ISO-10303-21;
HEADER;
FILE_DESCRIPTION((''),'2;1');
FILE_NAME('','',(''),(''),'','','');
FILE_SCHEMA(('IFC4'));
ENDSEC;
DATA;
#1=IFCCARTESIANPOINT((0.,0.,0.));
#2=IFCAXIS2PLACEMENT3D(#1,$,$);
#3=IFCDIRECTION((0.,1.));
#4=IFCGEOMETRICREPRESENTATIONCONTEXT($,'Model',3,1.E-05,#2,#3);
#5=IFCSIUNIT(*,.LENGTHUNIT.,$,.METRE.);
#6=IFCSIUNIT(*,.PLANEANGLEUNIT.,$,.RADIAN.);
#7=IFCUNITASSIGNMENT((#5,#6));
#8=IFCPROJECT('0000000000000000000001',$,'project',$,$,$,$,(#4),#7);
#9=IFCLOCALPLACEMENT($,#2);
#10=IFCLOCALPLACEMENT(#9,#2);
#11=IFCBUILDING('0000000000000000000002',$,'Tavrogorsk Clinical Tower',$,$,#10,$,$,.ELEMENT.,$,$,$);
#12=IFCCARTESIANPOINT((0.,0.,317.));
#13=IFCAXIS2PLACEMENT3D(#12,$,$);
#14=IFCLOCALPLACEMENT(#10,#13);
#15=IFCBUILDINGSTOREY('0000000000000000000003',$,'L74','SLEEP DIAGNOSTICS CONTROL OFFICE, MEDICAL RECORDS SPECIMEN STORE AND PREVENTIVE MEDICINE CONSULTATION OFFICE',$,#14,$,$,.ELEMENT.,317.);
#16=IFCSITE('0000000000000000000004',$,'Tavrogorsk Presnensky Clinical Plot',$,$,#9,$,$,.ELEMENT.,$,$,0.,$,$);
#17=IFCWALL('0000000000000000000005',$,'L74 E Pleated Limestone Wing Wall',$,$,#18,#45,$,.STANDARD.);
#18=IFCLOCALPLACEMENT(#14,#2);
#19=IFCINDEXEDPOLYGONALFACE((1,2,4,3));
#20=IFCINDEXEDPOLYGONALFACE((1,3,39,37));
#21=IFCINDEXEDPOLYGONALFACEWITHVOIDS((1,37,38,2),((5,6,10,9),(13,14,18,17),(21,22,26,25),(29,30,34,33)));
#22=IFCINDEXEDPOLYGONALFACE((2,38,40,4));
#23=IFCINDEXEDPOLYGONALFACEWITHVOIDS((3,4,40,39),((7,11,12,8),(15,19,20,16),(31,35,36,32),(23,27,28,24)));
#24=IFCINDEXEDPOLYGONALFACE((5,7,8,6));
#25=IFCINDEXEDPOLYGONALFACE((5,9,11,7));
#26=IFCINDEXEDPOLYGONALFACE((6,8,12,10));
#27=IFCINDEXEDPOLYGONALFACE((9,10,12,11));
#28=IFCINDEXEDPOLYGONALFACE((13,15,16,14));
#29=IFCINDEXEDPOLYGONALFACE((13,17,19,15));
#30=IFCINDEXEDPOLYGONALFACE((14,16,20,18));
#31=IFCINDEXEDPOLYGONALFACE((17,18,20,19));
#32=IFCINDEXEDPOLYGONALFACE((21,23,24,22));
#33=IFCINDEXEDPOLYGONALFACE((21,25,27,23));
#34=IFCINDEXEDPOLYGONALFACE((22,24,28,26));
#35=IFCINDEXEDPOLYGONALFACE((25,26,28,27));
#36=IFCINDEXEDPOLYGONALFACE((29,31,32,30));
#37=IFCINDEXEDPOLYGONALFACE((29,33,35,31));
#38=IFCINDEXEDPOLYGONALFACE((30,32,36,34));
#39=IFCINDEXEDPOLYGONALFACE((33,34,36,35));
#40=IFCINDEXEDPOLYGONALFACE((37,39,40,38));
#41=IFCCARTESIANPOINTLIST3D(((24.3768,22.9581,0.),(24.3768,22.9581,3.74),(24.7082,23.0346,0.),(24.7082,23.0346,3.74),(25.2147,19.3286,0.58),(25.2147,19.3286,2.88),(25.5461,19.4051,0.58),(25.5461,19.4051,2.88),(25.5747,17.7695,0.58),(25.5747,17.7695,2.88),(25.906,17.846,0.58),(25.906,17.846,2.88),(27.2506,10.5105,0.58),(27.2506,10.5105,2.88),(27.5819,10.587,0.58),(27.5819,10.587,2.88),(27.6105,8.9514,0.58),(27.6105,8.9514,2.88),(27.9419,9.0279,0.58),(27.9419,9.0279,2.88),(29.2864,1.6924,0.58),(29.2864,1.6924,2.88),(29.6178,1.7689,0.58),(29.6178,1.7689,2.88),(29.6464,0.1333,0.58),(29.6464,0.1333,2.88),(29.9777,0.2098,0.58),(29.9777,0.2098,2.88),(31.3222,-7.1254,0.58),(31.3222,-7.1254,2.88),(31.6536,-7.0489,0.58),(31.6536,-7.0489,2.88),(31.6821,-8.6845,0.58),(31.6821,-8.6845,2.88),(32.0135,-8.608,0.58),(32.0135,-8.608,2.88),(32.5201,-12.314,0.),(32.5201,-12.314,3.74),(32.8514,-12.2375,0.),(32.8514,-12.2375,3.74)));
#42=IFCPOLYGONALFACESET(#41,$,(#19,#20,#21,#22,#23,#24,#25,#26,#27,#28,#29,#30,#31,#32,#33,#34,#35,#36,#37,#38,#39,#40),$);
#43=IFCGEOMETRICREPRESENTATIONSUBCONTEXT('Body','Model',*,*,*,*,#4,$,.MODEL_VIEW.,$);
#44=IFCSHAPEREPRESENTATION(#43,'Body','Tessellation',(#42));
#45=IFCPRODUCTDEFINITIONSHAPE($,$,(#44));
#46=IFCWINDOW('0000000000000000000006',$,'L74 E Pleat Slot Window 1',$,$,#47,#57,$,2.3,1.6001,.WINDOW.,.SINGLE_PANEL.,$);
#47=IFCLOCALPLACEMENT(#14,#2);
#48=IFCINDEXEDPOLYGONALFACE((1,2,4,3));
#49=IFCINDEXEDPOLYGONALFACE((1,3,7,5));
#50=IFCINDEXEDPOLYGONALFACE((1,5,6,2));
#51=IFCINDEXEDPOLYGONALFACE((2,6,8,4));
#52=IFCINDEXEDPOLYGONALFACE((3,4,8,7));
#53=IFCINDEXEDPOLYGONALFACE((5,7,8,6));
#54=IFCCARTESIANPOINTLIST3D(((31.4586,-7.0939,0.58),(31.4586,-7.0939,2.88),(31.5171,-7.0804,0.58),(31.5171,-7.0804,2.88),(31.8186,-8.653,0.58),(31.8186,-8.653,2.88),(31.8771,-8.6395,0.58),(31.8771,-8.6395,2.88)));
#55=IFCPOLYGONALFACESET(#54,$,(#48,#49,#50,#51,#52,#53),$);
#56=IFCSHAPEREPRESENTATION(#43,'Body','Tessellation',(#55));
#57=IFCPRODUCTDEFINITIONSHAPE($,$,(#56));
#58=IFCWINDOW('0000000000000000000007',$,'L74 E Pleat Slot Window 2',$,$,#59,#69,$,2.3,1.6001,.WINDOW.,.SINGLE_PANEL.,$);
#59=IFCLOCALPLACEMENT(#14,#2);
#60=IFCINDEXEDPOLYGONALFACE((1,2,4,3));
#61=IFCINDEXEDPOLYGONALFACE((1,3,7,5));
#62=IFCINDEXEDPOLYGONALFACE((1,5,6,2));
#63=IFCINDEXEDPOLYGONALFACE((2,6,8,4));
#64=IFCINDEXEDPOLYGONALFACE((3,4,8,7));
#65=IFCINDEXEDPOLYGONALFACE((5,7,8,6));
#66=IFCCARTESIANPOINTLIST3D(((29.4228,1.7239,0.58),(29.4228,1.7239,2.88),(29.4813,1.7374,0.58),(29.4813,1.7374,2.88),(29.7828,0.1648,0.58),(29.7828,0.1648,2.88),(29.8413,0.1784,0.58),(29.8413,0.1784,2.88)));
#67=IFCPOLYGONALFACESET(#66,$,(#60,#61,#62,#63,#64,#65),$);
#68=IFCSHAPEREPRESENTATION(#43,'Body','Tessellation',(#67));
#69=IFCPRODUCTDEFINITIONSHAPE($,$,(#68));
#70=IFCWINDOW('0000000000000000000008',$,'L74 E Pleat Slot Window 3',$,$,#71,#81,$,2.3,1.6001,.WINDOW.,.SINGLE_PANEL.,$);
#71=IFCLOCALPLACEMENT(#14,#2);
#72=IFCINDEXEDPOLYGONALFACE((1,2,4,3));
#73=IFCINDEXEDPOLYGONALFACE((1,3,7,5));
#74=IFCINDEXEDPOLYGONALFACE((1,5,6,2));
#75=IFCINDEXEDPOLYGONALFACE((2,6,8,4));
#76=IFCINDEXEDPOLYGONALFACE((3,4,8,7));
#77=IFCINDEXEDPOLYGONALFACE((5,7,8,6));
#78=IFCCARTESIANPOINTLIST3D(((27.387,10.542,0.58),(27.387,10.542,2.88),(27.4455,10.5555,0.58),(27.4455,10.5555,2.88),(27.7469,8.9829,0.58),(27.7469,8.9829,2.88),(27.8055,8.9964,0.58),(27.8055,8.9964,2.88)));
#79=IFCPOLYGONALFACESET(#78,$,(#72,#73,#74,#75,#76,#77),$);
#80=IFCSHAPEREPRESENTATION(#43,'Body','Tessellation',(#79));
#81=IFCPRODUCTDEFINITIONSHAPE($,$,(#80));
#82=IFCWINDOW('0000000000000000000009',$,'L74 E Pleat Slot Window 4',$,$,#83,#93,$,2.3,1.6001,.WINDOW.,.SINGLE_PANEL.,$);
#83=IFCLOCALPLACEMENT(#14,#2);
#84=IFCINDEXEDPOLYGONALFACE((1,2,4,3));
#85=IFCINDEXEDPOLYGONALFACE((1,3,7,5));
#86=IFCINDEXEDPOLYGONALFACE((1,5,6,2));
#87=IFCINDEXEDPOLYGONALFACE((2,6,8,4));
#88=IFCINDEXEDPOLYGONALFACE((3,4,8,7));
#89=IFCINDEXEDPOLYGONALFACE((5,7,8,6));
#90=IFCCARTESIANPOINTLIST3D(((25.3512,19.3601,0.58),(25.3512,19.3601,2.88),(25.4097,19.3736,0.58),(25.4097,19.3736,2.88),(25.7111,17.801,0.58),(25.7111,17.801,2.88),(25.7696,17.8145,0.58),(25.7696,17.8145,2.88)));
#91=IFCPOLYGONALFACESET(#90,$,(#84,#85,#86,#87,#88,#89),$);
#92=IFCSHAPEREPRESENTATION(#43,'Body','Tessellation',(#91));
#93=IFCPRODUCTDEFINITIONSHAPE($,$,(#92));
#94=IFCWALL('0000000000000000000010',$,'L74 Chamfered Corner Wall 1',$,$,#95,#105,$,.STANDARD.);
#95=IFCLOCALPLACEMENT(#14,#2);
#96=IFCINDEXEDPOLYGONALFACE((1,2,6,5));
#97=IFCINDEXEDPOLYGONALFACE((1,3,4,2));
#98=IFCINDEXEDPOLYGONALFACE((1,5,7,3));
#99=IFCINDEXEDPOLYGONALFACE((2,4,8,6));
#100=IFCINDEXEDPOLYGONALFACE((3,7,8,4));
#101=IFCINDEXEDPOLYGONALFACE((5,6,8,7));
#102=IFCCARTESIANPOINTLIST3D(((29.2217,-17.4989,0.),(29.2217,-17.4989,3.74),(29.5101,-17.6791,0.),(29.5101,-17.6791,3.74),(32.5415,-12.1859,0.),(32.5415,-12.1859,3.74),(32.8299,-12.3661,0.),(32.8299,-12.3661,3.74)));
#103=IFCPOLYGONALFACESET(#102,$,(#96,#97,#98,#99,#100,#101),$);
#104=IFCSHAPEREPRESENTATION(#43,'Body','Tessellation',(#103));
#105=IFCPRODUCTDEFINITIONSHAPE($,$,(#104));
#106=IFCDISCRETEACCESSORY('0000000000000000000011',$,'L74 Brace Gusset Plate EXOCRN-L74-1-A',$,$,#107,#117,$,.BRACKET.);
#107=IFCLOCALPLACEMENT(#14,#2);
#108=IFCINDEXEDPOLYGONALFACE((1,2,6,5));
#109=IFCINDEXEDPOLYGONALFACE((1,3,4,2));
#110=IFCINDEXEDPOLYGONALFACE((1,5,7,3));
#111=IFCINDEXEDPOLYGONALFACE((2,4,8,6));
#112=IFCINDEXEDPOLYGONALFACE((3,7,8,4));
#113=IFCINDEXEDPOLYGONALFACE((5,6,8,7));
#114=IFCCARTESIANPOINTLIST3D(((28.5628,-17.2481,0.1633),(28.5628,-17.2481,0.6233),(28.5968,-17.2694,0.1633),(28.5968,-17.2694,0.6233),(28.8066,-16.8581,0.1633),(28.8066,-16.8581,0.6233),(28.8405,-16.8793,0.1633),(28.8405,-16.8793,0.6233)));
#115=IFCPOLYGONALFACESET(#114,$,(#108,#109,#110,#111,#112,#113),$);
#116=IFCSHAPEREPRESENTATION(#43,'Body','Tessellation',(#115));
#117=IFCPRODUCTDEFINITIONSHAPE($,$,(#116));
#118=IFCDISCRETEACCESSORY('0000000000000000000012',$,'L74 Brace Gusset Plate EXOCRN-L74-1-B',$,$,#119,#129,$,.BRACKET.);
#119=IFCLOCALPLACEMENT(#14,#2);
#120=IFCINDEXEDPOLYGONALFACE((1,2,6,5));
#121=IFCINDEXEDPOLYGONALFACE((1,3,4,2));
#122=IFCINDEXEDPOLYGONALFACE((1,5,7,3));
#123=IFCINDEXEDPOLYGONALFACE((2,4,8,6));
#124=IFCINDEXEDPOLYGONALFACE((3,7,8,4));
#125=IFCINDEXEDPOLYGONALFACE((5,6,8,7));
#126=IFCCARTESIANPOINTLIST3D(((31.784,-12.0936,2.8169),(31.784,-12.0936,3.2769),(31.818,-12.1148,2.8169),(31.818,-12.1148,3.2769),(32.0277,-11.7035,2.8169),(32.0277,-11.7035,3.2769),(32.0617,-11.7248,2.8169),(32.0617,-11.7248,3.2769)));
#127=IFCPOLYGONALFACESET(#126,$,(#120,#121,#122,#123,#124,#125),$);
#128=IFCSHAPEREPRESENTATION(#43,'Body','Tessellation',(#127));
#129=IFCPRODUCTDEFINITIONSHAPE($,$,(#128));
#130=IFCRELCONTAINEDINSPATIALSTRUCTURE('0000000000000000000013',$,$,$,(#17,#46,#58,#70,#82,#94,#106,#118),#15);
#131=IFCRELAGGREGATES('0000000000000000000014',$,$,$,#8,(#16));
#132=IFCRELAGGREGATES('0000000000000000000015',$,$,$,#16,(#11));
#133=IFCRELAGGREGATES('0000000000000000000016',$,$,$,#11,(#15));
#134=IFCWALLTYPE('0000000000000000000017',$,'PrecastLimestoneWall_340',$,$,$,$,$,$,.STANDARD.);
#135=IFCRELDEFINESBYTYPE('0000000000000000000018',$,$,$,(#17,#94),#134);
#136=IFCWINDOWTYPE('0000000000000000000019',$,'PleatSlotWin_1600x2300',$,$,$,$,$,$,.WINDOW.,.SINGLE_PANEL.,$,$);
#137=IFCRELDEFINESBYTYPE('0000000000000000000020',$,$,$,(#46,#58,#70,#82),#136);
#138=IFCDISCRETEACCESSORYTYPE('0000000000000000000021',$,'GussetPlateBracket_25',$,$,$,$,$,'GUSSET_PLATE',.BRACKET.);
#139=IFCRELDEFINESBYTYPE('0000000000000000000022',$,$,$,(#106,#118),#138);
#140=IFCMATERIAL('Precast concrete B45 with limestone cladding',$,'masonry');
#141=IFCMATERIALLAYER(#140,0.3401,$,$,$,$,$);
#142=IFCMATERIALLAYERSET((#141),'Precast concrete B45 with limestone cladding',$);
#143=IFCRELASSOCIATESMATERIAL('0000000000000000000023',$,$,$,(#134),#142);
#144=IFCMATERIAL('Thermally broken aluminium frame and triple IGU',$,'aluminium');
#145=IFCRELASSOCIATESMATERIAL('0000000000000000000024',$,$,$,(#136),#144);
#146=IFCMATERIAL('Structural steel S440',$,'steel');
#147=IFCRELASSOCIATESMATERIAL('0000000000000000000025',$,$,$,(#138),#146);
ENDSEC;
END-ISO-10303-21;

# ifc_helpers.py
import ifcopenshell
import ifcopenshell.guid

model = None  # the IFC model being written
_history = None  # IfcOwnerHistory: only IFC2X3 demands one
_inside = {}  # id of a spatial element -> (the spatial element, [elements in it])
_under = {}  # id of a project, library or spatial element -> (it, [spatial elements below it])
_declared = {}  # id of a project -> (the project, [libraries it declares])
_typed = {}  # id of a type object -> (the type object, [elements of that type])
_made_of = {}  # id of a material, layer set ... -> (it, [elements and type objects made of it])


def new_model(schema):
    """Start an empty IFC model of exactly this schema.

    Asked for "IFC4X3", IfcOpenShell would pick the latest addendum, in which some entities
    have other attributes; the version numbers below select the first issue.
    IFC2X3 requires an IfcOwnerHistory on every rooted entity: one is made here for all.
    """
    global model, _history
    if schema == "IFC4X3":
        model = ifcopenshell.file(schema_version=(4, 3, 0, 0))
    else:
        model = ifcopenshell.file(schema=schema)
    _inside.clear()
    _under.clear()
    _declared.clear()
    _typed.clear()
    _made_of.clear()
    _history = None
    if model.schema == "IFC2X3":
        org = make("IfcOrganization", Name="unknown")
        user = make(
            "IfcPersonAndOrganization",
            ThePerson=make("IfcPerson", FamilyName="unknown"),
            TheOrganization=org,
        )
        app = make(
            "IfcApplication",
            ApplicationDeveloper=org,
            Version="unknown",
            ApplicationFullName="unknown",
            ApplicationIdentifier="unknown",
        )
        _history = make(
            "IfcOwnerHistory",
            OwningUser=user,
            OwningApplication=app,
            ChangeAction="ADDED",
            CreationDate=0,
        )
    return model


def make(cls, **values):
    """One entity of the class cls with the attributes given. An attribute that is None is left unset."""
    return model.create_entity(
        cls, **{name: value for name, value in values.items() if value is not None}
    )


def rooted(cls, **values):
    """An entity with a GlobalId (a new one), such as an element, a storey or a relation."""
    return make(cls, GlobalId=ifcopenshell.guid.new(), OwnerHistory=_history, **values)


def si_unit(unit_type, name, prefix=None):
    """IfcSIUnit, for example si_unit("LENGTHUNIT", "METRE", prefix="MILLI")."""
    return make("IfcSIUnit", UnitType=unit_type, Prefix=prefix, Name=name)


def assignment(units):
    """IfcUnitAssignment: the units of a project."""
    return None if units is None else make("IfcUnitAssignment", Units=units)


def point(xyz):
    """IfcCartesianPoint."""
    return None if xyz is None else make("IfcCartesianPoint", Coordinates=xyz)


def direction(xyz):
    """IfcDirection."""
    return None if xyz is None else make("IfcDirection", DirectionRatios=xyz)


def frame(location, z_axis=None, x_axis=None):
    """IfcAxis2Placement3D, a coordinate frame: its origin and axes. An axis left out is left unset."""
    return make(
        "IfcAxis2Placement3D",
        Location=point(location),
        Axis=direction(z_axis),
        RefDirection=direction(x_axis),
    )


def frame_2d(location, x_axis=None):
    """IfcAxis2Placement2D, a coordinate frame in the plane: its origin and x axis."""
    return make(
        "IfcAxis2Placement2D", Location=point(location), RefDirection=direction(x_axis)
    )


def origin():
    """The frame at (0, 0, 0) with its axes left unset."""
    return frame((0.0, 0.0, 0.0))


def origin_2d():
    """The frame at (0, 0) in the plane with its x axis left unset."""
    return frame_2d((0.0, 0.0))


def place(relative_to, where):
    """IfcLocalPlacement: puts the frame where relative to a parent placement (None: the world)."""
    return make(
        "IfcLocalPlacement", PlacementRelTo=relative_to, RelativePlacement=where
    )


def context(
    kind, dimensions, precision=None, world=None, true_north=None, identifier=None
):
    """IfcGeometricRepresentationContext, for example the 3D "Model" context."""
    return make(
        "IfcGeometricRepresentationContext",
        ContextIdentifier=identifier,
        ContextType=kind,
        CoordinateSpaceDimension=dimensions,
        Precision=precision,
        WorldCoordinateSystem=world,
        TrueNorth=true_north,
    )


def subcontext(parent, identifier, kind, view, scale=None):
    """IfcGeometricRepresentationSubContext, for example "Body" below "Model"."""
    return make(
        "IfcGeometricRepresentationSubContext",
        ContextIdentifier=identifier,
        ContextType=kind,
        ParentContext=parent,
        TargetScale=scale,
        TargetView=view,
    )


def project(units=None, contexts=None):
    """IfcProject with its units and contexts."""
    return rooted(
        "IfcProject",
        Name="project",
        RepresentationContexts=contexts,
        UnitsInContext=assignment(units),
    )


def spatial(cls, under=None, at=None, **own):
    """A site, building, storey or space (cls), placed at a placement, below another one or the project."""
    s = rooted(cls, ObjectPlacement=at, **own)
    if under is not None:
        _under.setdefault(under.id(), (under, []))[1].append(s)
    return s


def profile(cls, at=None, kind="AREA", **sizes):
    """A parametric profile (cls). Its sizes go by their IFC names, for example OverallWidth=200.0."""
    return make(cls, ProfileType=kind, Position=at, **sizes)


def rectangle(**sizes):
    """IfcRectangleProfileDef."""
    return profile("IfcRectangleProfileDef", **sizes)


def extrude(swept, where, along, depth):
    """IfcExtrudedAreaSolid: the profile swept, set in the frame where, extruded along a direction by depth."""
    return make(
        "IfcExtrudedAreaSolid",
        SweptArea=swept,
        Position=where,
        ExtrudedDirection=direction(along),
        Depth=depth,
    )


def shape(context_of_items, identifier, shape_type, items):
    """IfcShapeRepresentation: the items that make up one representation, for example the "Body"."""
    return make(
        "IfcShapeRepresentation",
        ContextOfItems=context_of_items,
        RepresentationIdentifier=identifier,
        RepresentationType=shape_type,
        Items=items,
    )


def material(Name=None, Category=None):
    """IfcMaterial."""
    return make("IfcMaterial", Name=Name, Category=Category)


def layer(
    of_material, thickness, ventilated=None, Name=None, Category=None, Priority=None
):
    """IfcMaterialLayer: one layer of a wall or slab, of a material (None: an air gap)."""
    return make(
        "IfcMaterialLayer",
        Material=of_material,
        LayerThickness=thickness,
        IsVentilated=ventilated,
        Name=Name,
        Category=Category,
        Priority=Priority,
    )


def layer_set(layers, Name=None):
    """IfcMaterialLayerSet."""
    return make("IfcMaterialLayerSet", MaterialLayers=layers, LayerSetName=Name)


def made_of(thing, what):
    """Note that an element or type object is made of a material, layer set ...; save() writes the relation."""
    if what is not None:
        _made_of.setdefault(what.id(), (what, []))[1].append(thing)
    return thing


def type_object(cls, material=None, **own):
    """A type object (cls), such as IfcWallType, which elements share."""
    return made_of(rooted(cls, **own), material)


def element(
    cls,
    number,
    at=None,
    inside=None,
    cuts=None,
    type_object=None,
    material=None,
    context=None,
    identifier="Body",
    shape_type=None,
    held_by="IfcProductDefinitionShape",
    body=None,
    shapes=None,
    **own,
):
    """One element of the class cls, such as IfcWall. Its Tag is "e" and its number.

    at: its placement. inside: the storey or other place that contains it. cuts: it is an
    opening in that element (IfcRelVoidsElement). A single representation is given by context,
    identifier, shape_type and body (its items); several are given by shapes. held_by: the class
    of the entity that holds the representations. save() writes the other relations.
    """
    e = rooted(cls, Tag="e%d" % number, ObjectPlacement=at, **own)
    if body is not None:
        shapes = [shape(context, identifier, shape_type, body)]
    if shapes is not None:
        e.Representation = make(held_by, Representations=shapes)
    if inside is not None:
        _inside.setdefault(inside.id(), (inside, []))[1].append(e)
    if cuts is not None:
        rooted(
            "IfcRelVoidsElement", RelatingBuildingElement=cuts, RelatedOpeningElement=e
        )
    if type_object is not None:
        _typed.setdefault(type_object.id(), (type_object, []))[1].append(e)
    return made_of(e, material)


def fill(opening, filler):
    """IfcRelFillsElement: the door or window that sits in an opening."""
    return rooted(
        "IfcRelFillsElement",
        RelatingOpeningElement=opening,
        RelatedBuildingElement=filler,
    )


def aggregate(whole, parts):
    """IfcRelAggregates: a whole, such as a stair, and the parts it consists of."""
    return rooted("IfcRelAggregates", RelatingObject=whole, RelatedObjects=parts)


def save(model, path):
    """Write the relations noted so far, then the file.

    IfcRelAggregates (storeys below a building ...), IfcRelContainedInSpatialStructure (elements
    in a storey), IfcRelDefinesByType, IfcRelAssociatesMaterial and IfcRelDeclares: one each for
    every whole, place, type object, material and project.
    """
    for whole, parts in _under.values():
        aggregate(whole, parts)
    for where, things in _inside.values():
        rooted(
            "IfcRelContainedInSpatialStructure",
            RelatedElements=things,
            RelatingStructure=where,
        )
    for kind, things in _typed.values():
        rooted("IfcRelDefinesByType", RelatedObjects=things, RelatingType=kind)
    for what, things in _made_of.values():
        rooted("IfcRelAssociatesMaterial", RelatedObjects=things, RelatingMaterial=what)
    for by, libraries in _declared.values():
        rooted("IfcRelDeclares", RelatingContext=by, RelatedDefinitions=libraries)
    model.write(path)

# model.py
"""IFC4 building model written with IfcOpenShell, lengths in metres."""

from ifc_helpers import new_model, si_unit, direction, frame, frame_2d, origin, origin_2d, place, context, subcontext, project, spatial, rectangle, extrude, material, layer, layer_set, type_object, element, fill, save


model = new_model("IFC4")

# Units and contexts
model_context = context("Model", 3, precision=1e-05, world=origin(), true_north=direction((0.0, 1.0)))
body_context = subcontext(model_context, "Body", "Model", "MODEL_VIEW")
ifc_project = project(units=[si_unit("LENGTHUNIT", "METRE"), si_unit("PLANEANGLEUNIT", "RADIAN")], contexts=[model_context])

# Site, building, storey
site_placement = place(None, origin())
site = spatial("IfcSite", under=ifc_project, at=site_placement, Name="Tavrogorsk Presnensky Clinical Plot", CompositionType="ELEMENT", RefElevation=0.0)
building_placement = place(site_placement, origin())
building = spatial("IfcBuilding", under=site, at=building_placement, Name="Tavrogorsk Clinical Tower", CompositionType="ELEMENT")
storey_placement = place(building_placement, frame((0.0, 0.0, 317.0)))
storey = spatial("IfcBuildingStorey", under=building, at=storey_placement, Name="L74", Description="SLEEP DIAGNOSTICS CONTROL OFFICE, MEDICAL RECORDS SPECIMEN STORE AND PREVENTIVE MEDICINE CONSULTATION OFFICE", CompositionType="ELEMENT", Elevation=317.0)

# Wall, openings, windows
ifc_material_1 = material(Name="Precast concrete B45 with limestone cladding", Category="masonry")
ifc_layer_1 = layer(ifc_material_1, 0.3401)
ifc_layer_set_1 = layer_set([ifc_layer_1], Name="Precast concrete B45 with limestone cladding")
wall_type_1 = type_object("IfcWallType", Name="PrecastLimestoneWall_340", PredefinedType="STANDARD", material=ifc_layer_set_1)
wall_1_placement = place(storey_placement, frame((32.6858, -12.2759, 0.0), z_axis=(0.0, 0.0, 1.0), x_axis=(-0.224953, 0.97437, 0.0)))
wall_1 = element("IfcWall", 1, at=wall_1_placement, inside=storey, type_object=wall_type_1, Name="L74 E Pleated Limestone Wing Wall", PredefinedType="STANDARD", context=body_context, shape_type="SweptSolid", body=[
    extrude(rectangle(XDim=36.2, YDim=0.3401, at=frame_2d((18.1001, 0.0))), origin(), (0.0, 0.0, 1.0), 3.74),
])
opening_1_placement = place(wall_1_placement, frame((3.7251, 0.0, 0.5801)))
opening_1 = element("IfcOpeningElement", 2, at=opening_1_placement, cuts=wall_1, PredefinedType="OPENING", context=body_context, shape_type="SweptSolid", body=[
    extrude(rectangle(XDim=1.6001, YDim=2.3, at=frame_2d((0.8, 1.1499))), frame((0.0, 0.1799, 0.0), z_axis=(0.0, -1.0, 0.0), x_axis=(1.0, 0.0, 0.0)), (0.0, 0.0, 1.0), 0.3601),
])
opening_2_placement = place(wall_1_placement, frame((12.7749, 0.0, 0.5801)))
opening_2 = element("IfcOpeningElement", 3, at=opening_2_placement, cuts=wall_1, PredefinedType="OPENING", context=body_context, shape_type="SweptSolid", body=[
    extrude(rectangle(XDim=1.6001, YDim=2.3, at=frame_2d((0.8, 1.1499))), frame((0.0, 0.1799, 0.0), z_axis=(0.0, -1.0, 0.0), x_axis=(1.0, 0.0, 0.0)), (0.0, 0.0, 1.0), 0.3601),
])
opening_3_placement = place(wall_1_placement, frame((21.825, 0.0, 0.5801)))
opening_3 = element("IfcOpeningElement", 4, at=opening_3_placement, cuts=wall_1, PredefinedType="OPENING", context=body_context, shape_type="SweptSolid", body=[
    extrude(rectangle(XDim=1.6001, YDim=2.3, at=frame_2d((0.8, 1.1499))), frame((0.0, 0.1799, 0.0), z_axis=(0.0, -1.0, 0.0), x_axis=(1.0, 0.0, 0.0)), (0.0, 0.0, 1.0), 0.3601),
])
opening_4_placement = place(wall_1_placement, frame((30.875, 0.0, 0.5801)))
opening_4 = element("IfcOpeningElement", 5, at=opening_4_placement, cuts=wall_1, PredefinedType="OPENING", context=body_context, shape_type="SweptSolid", body=[
    extrude(rectangle(XDim=1.6001, YDim=2.3, at=frame_2d((0.8, 1.1499))), frame((0.0, 0.1799, 0.0), z_axis=(0.0, -1.0, 0.0), x_axis=(1.0, 0.0, 0.0)), (0.0, 0.0, 1.0), 0.3601),
])
ifc_material_2 = material(Name="Thermally broken aluminium frame and triple IGU", Category="aluminium")
window_type = type_object("IfcWindowType", Name="PleatSlotWin_1600x2300", PartitioningType="SINGLE_PANEL", PredefinedType="WINDOW", material=ifc_material_2)
window_1_placement = place(opening_1_placement, origin())
window_1 = element("IfcWindow", 6, at=window_1_placement, inside=storey, type_object=window_type, Name="L74 E Pleat Slot Window 1", OverallHeight=2.3, OverallWidth=1.6001, PartitioningType="SINGLE_PANEL", PredefinedType="WINDOW", context=body_context, shape_type="SweptSolid", body=[
    extrude(rectangle(XDim=1.6001, YDim=2.3, at=frame_2d((0.8, 1.1499))), frame((0.0, 0.03, 0.0), z_axis=(0.0, -1.0, 0.0), x_axis=(1.0, 0.0, 0.0)), (0.0, 0.0, 1.0), 0.0601),
])
fill(opening_1, window_1)
window_2_placement = place(opening_2_placement, origin())
window_2 = element("IfcWindow", 7, at=window_2_placement, inside=storey, type_object=window_type, Name="L74 E Pleat Slot Window 2", OverallHeight=2.3, OverallWidth=1.6001, PartitioningType="SINGLE_PANEL", PredefinedType="WINDOW", context=body_context, shape_type="SweptSolid", body=[
    extrude(rectangle(XDim=1.6001, YDim=2.3, at=frame_2d((0.8, 1.1499))), frame((0.0, 0.03, 0.0), z_axis=(0.0, -1.0, 0.0), x_axis=(1.0, 0.0, 0.0)), (0.0, 0.0, 1.0), 0.0601),
])
fill(opening_2, window_2)
window_3_placement = place(opening_3_placement, origin())
window_3 = element("IfcWindow", 8, at=window_3_placement, inside=storey, type_object=window_type, Name="L74 E Pleat Slot Window 3", OverallHeight=2.3, OverallWidth=1.6001, PartitioningType="SINGLE_PANEL", PredefinedType="WINDOW", context=body_context, shape_type="SweptSolid", body=[
    extrude(rectangle(XDim=1.6001, YDim=2.3, at=frame_2d((0.8, 1.1499))), frame((0.0, 0.03, 0.0), z_axis=(0.0, -1.0, 0.0), x_axis=(1.0, 0.0, 0.0)), (0.0, 0.0, 1.0), 0.0601),
])
fill(opening_3, window_3)
window_4_placement = place(opening_4_placement, origin())
window_4 = element("IfcWindow", 9, at=window_4_placement, inside=storey, type_object=window_type, Name="L74 E Pleat Slot Window 4", OverallHeight=2.3, OverallWidth=1.6001, PartitioningType="SINGLE_PANEL", PredefinedType="WINDOW", context=body_context, shape_type="SweptSolid", body=[
    extrude(rectangle(XDim=1.6001, YDim=2.3, at=frame_2d((0.8, 1.1499))), frame((0.0, 0.03, 0.0), z_axis=(0.0, -1.0, 0.0), x_axis=(1.0, 0.0, 0.0)), (0.0, 0.0, 1.0), 0.0601),
])
fill(opening_4, window_4)

# Wall
wall_2_placement = place(storey_placement, frame((29.366, -17.5889, 0.0), z_axis=(0.0, 0.0, 1.0), x_axis=(0.529908, 0.848055, 0.0)))
element("IfcWall", 10, at=wall_2_placement, inside=storey, type_object=wall_type_1, Name="L74 Chamfered Corner Wall 1", PredefinedType="STANDARD", context=body_context, shape_type="SweptSolid", body=[
    extrude(rectangle(XDim=6.2649, YDim=0.3401, at=frame_2d((3.1323, 0.0))), origin(), (0.0, 0.0, 1.0), 3.74),
])

# Discrete accessories
ifc_material_3 = material(Name="Structural steel S440", Category="steel")
discrete_accessory_type = type_object("IfcDiscreteAccessoryType", Name="GussetPlateBracket_25", ElementType="GUSSET_PLATE", PredefinedType="BRACKET", material=ifc_material_3)
for number, where, z_axis, x_axis, name in (
    (11, (28.7017, -17.0637, 0.1633), (0.0, 0.0, 1.0), (0.529919, 0.848048, 0.0), "L74 Brace Gusset Plate EXOCRN-L74-1-A"),
    (12, (31.9229, -11.9092, 2.8169), (0.0, 0.0, 1.0), (0.529919, 0.848048, 0.0), "L74 Brace Gusset Plate EXOCRN-L74-1-B"),
):
    element("IfcDiscreteAccessory", number, at=place(storey_placement, frame(where, z_axis=z_axis, x_axis=x_axis)), inside=storey, type_object=discrete_accessory_type, Name=name, PredefinedType="BRACKET", context=body_context, shape_type="SweptSolid", body=[
        extrude(rectangle(XDim=0.46, YDim=0.04, at=origin_2d()), origin(), (0.0, 0.0, 1.0), 0.46),
    ])

save(model, "model.ifc")
